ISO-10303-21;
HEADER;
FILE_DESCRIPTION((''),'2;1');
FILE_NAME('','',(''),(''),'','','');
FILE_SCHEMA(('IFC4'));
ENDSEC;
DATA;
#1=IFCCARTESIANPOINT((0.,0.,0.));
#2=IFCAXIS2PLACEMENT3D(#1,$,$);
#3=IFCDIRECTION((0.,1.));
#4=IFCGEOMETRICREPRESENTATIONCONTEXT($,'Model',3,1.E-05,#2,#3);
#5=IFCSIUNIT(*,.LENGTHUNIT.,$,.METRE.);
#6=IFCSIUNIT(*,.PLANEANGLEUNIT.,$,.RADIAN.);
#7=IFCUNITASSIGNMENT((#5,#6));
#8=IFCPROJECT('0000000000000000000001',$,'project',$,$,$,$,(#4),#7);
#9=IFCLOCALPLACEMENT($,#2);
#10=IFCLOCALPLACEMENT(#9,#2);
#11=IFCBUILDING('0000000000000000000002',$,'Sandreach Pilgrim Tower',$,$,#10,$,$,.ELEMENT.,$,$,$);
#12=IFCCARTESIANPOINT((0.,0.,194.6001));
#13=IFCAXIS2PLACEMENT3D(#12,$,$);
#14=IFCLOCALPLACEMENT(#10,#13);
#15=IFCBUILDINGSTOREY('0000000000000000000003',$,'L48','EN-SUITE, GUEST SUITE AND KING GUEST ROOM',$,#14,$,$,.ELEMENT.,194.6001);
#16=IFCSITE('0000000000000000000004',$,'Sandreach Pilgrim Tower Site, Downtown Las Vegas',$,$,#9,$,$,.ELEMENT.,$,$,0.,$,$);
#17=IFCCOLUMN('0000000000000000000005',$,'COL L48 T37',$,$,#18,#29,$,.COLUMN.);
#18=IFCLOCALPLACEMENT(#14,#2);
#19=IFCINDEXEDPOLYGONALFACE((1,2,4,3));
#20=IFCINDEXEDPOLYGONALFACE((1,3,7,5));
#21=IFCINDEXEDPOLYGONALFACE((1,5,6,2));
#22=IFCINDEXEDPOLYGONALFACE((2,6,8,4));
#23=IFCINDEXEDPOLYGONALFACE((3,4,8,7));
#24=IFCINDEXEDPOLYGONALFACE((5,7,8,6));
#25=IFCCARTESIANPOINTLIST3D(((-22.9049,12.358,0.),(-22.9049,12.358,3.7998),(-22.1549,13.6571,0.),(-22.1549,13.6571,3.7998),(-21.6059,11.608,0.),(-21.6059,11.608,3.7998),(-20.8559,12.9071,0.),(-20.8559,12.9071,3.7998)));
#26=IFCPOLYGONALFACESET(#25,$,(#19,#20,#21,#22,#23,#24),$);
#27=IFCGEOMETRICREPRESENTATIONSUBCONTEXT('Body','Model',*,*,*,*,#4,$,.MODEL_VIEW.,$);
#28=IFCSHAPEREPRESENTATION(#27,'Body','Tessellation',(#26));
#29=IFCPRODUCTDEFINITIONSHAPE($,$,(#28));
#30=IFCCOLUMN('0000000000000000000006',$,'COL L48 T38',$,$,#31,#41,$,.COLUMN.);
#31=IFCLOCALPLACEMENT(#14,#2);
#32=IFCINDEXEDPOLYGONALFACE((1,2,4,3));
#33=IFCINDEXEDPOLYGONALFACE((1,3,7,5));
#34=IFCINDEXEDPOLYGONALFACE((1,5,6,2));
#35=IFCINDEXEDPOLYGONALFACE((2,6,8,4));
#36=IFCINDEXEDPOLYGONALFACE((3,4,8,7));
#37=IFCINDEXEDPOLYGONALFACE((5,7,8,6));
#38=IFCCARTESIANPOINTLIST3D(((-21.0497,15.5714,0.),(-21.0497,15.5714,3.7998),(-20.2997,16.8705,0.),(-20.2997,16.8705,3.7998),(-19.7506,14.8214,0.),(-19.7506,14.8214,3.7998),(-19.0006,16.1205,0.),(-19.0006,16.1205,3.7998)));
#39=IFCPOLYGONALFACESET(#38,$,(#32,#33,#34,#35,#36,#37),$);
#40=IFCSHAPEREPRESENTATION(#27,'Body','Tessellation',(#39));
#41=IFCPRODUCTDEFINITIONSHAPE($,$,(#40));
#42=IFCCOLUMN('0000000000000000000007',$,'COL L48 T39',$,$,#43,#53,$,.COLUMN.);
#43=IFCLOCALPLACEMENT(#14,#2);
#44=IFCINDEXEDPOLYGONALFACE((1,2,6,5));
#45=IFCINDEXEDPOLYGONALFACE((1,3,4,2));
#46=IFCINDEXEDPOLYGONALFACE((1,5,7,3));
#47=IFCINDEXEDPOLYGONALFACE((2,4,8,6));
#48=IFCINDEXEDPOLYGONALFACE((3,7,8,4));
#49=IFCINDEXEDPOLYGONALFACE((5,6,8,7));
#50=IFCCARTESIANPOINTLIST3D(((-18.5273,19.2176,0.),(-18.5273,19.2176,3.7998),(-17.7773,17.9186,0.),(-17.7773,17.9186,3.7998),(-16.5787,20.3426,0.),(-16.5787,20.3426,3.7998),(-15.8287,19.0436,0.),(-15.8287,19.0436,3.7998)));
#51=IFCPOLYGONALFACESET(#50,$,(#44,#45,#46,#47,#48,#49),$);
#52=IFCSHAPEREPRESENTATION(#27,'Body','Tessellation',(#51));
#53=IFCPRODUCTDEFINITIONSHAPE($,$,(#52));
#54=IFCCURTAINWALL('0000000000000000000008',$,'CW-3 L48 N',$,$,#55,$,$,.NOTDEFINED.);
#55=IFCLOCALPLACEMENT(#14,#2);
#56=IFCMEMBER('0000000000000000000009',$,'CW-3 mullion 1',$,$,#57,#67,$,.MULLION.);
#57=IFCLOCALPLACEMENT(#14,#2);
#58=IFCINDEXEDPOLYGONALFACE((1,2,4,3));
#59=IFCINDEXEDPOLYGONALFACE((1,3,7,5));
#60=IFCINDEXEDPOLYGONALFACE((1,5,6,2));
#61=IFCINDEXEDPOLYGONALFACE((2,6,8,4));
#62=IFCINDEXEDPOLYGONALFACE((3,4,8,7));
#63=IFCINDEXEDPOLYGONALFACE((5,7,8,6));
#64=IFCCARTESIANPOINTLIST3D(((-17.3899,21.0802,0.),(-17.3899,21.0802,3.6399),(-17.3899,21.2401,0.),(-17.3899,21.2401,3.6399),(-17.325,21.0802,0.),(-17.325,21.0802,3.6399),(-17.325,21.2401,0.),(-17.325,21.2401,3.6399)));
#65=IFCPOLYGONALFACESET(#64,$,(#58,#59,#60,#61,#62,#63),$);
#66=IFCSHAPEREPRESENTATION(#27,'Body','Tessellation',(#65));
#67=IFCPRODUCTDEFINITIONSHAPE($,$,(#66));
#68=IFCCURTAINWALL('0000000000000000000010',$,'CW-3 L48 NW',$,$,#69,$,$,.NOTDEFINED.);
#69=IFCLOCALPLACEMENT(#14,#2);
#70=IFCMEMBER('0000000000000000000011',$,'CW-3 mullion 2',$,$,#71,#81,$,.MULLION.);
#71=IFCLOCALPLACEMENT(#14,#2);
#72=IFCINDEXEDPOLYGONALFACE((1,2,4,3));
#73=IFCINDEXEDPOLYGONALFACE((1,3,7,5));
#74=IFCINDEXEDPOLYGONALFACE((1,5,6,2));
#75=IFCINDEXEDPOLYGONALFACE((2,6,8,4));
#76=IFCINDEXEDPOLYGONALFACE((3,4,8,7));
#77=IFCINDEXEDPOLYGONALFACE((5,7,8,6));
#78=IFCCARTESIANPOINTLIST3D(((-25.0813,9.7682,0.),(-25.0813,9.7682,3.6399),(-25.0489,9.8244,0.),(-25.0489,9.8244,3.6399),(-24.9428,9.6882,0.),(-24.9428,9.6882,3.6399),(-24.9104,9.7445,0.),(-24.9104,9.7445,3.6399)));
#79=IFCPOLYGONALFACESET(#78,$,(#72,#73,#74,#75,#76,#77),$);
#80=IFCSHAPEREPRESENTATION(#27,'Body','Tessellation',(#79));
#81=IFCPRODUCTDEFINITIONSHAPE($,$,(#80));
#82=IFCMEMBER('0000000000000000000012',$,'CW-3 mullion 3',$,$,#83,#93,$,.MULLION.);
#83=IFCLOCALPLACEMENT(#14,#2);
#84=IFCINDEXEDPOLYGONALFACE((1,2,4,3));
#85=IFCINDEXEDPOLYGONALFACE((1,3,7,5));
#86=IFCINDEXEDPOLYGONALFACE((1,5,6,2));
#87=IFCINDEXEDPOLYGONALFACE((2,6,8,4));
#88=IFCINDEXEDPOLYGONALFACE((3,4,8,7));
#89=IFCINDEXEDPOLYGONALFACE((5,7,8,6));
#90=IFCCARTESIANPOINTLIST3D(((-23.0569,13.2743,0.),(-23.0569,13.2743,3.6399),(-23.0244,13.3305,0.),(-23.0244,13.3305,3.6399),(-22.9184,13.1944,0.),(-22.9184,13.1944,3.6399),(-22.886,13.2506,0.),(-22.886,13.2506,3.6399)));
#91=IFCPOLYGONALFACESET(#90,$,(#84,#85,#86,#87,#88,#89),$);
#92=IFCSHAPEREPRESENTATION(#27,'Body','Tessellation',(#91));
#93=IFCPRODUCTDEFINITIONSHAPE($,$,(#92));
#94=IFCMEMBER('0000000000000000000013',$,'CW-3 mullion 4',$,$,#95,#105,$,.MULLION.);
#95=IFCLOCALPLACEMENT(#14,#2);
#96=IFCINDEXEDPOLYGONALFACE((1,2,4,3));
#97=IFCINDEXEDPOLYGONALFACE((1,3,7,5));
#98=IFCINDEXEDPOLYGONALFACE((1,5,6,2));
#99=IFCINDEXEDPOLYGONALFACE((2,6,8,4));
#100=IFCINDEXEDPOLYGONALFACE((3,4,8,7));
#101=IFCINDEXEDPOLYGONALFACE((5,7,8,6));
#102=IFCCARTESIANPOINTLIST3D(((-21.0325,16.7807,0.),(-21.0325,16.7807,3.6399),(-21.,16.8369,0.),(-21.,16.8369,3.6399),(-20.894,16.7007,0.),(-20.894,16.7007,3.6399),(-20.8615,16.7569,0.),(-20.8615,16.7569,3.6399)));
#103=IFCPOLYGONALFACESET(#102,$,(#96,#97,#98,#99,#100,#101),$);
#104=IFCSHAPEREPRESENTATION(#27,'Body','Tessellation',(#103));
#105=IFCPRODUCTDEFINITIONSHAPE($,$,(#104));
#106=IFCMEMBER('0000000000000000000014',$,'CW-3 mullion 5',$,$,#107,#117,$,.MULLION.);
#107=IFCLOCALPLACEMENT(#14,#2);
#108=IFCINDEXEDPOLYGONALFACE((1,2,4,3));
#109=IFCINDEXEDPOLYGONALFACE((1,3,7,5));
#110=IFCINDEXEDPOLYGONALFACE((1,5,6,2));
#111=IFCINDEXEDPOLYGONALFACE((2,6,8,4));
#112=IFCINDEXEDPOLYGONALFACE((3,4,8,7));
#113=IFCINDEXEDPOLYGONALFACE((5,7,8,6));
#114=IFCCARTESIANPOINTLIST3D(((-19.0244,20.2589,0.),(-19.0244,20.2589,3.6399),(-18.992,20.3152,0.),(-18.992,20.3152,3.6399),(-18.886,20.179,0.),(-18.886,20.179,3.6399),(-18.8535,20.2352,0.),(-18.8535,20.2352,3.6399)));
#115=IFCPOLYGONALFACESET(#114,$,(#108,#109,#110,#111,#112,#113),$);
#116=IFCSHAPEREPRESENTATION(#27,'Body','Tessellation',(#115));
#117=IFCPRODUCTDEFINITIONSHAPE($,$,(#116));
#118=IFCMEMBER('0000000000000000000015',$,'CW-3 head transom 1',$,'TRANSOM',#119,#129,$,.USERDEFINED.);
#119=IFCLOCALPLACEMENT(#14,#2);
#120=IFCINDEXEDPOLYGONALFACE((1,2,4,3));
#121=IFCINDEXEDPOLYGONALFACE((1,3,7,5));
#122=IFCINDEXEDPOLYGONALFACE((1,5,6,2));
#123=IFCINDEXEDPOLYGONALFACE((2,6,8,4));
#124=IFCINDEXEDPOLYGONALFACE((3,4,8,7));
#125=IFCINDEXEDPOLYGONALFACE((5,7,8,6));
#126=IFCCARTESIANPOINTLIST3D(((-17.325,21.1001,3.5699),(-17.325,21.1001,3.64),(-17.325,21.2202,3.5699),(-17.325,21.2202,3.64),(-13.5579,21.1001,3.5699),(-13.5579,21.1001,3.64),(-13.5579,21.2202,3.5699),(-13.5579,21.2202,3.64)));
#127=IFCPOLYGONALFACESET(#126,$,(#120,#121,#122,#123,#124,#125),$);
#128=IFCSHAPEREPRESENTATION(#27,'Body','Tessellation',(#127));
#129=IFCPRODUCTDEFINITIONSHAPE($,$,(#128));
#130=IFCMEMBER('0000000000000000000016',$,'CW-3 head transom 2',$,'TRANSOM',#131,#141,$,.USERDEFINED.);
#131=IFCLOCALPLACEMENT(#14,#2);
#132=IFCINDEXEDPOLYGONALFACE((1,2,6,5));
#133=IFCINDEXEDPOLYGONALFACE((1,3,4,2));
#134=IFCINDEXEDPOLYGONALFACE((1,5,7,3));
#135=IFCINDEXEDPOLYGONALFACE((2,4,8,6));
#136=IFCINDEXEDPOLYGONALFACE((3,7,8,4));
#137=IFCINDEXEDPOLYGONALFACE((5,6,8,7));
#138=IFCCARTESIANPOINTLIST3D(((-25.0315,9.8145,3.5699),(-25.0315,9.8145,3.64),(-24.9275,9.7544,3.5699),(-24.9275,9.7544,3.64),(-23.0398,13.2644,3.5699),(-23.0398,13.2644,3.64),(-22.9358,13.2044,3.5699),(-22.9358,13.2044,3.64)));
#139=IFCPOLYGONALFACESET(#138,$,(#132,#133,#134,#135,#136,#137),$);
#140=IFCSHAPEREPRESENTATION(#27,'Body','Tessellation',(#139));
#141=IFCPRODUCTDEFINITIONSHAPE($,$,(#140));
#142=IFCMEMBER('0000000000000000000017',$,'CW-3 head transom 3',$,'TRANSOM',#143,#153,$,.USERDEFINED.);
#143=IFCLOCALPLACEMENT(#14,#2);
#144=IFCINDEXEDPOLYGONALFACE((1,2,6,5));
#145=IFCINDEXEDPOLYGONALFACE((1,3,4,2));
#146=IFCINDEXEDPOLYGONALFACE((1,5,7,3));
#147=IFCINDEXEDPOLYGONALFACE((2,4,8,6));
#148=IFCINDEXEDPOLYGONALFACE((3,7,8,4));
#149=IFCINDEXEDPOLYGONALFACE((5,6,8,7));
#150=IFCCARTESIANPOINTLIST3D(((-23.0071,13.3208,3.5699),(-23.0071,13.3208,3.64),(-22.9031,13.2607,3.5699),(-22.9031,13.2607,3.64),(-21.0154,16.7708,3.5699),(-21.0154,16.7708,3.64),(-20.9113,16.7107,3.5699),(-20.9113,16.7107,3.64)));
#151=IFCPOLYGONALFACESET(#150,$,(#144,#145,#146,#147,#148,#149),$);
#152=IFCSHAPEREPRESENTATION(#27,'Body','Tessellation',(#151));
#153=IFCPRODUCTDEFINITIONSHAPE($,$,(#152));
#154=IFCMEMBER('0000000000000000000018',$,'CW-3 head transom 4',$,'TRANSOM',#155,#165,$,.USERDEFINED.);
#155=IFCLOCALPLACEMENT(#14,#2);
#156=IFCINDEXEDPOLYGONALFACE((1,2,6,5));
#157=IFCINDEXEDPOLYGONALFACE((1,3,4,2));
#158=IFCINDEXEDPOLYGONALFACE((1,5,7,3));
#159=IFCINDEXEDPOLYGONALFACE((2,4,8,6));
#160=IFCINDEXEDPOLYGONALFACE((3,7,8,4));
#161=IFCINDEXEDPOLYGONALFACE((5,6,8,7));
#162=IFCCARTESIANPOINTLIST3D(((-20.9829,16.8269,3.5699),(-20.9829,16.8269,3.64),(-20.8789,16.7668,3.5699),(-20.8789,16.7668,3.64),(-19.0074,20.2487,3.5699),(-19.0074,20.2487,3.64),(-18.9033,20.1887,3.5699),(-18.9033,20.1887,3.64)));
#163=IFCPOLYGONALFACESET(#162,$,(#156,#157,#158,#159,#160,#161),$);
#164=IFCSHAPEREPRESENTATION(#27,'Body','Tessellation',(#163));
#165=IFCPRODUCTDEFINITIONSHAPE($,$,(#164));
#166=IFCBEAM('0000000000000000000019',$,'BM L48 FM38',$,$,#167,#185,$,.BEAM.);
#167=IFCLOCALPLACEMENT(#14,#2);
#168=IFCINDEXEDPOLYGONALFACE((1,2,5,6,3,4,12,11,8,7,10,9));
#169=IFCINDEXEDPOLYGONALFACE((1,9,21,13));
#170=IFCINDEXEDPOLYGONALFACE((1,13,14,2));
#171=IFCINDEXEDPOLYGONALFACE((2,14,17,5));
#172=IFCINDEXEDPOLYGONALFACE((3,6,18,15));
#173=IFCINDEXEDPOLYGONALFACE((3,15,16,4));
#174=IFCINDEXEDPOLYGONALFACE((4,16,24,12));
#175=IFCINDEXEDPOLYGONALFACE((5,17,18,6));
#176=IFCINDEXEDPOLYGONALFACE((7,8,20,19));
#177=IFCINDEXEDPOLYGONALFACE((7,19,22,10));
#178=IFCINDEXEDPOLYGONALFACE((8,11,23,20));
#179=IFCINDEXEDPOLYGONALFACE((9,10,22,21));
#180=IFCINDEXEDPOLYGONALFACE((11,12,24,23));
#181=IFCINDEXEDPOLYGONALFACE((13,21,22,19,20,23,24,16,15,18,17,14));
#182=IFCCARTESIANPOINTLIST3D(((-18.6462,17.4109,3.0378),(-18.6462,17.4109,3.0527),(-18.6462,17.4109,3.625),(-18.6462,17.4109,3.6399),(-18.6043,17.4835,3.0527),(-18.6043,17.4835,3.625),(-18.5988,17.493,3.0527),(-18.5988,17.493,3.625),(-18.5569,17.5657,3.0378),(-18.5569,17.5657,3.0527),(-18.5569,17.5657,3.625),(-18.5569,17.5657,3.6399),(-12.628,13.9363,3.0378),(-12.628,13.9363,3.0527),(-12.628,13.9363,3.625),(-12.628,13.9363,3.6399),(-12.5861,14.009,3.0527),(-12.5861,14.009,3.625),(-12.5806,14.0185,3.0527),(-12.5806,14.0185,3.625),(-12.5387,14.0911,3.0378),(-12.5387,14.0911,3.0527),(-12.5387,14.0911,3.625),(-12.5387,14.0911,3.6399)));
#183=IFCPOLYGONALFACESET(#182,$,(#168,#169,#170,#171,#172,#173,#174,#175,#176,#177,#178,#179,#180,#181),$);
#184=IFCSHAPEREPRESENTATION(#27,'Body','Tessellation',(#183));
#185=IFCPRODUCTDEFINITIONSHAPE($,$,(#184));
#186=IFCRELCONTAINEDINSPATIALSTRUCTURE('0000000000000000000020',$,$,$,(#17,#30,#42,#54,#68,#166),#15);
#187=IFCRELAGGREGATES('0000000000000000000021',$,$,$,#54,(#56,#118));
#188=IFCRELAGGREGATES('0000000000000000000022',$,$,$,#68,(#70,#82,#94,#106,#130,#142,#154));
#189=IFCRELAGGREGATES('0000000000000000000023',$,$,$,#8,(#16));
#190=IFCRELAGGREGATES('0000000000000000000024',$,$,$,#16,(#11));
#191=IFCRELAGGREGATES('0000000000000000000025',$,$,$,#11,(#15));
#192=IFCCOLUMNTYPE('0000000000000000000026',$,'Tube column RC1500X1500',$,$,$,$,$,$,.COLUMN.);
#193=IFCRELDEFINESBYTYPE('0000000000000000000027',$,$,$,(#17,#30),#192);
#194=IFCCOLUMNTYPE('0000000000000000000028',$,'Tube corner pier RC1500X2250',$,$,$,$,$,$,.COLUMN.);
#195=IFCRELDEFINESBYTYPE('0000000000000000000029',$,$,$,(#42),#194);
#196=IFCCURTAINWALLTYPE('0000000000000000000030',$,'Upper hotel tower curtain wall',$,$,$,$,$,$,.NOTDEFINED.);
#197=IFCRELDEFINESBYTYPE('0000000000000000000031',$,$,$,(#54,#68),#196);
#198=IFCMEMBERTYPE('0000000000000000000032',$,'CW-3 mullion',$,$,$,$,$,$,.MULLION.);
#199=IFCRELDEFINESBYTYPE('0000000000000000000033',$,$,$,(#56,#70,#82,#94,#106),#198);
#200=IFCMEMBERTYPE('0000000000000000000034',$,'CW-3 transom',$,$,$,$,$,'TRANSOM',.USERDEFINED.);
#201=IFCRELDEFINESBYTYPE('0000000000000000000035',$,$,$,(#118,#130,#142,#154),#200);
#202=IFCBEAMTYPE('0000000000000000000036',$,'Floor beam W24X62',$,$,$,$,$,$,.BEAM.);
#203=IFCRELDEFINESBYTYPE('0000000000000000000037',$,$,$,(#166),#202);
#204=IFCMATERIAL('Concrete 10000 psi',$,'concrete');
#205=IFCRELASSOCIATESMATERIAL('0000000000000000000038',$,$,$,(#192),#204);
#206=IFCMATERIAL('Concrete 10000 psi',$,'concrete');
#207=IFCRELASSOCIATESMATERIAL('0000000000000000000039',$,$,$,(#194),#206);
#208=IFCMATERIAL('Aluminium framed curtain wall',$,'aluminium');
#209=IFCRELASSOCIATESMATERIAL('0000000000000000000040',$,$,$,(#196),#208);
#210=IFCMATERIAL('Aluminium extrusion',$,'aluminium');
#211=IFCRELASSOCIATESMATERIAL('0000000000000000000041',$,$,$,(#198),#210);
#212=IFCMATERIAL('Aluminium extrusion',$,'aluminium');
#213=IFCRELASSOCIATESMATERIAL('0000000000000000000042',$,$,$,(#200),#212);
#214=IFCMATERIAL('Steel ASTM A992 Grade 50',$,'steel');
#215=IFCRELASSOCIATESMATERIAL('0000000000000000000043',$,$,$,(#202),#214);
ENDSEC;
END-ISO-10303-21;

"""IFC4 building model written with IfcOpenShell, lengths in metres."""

from ifc_helpers import new_model, si_unit, direction, frame, origin, origin_2d, place, context, subcontext, project, spatial, rectangle, i_section, extrude, material, material_profile, profile_set, type_object, element, aggregate, save


model = new_model("IFC4")

# Units and contexts
model_context = context("Model", 3, precision=1e-05, world=origin(), true_north=direction((0.0, 1.0)))
body_context = subcontext(model_context, "Body", "Model", "MODEL_VIEW")
ifc_project = project(units=[si_unit("LENGTHUNIT", "METRE"), si_unit("PLANEANGLEUNIT", "RADIAN")], contexts=[model_context])

# Site, building, storey
site_placement = place(None, origin())
site = spatial("IfcSite", under=ifc_project, at=site_placement, Name="Sandreach Pilgrim Tower Site, Downtown Las Vegas", CompositionType="ELEMENT", RefElevation=0.0)
building_placement = place(site_placement, origin())
building = spatial("IfcBuilding", under=site, at=building_placement, Name="Sandreach Pilgrim Tower", CompositionType="ELEMENT")
storey_placement = place(building_placement, frame((0.0, 0.0, 194.6001)))
storey = spatial("IfcBuildingStorey", under=building, at=storey_placement, Name="L48", Description="EN-SUITE, GUEST SUITE AND KING GUEST ROOM", CompositionType="ELEMENT", Elevation=194.6001)

# Columns
ifc_material_1 = material(Name="Concrete 10000 psi", Category="concrete")
ifc_material_profile_1 = material_profile(ifc_material_1, rectangle(XDim=1.5, YDim=1.5, at=origin_2d()), Name="RC1500X1500")
ifc_profile_set_1 = profile_set([ifc_material_profile_1], Name="Concrete 10000 psi")
column_type_1 = type_object("IfcColumnType", Name="Tube column RC1500X1500", PredefinedType="COLUMN", material=ifc_profile_set_1)
for number, where, z_axis, x_axis, name in (
    (1, (-21.8804, 12.6326, 0.0), (0.0, 0.0, 1.0), (-0.866025, 0.5, 0.0), "COL L48 T37"),
    (2, (-20.0251, 15.8459, 0.0), (0.0, 0.0, 1.0), (-0.866025, 0.5, 0.0), "COL L48 T38"),
):
    element("IfcColumn", number, at=place(storey_placement, frame(where, z_axis=z_axis, x_axis=x_axis)), inside=storey, type_object=column_type_1, Name=name, PredefinedType="COLUMN", context=body_context, shape_type="SweptSolid", body=[
        extrude(rectangle(XDim=1.5, YDim=1.5, at=origin_2d()), origin(), (0.0, 0.0, 1.0), 3.7998),
    ])
ifc_material_2 = material(Name="Concrete 10000 psi", Category="concrete")
ifc_material_profile_2 = material_profile(ifc_material_2, rectangle(XDim=1.5, YDim=2.25, at=origin_2d()), Name="RC1500X2250")
ifc_profile_set_2 = profile_set([ifc_material_profile_2], Name="Concrete 10000 psi")
column_type_2 = type_object("IfcColumnType", Name="Tube corner pier RC1500X2250", PredefinedType="COLUMN", material=ifc_profile_set_2)
column_placement = place(storey_placement, frame((-17.178, 19.1306, 0.0), z_axis=(0.0, 0.0, 1.0), x_axis=(-0.5, 0.866025, 0.0)))
element("IfcColumn", 3, at=column_placement, inside=storey, type_object=column_type_2, Name="COL L48 T39", PredefinedType="COLUMN", context=body_context, shape_type="SweptSolid", body=[
    extrude(rectangle(XDim=1.5, YDim=2.25, at=origin_2d()), origin(), (0.0, 0.0, 1.0), 3.7998),
])

# Curtain wall, member
ifc_material_3 = material(Name="Aluminium framed curtain wall", Category="aluminium")
curtain_wall_type = type_object("IfcCurtainWallType", Name="Upper hotel tower curtain wall", PredefinedType="NOTDEFINED", material=ifc_material_3)
curtain_wall_1_placement = place(storey_placement, origin())
curtain_wall_1 = element("IfcCurtainWall", 4, at=curtain_wall_1_placement, inside=storey, type_object=curtain_wall_type, Name="CW-3 L48 N", PredefinedType="NOTDEFINED")
ifc_material_4 = material(Name="Aluminium extrusion", Category="aluminium")
ifc_material_profile_3 = material_profile(ifc_material_4, rectangle(XDim=0.0649, YDim=0.1599, at=origin_2d()), Name="CW-3M 65X160")
ifc_profile_set_3 = profile_set([ifc_material_profile_3], Name="Aluminium extrusion")
member_type_1 = type_object("IfcMemberType", Name="CW-3 mullion", PredefinedType="MULLION", material=ifc_profile_set_3)
member_1_placement = place(storey_placement, frame((-17.3574, 21.1602, 0.0), z_axis=(0.0, 0.0, 1.0), x_axis=(1.0, 0.0, 0.0)))
member_1 = element("IfcMember", 5, at=member_1_placement, type_object=member_type_1, Name="CW-3 mullion 1", PredefinedType="MULLION", context=body_context, shape_type="SweptSolid", body=[
    extrude(rectangle(XDim=0.0649, YDim=0.1599, at=origin_2d()), origin(), (0.0, 0.0, 1.0), 3.6399),
])

# Curtain wall, members
curtain_wall_2_placement = place(storey_placement, origin())
curtain_wall_2 = element("IfcCurtainWall", 6, at=curtain_wall_2_placement, inside=storey, type_object=curtain_wall_type, Name="CW-3 L48 NW", PredefinedType="NOTDEFINED")
member_2_placement = place(storey_placement, frame((-24.9958, 9.7563, 0.0), z_axis=(0.0, 0.0, 1.0), x_axis=(0.5, 0.866025, 0.0)))
member_2 = element("IfcMember", 7, at=member_2_placement, type_object=member_type_1, Name="CW-3 mullion 2", PredefinedType="MULLION", context=body_context, shape_type="SweptSolid", body=[
    extrude(rectangle(XDim=0.0649, YDim=0.1599, at=origin_2d()), origin(), (0.0, 0.0, 1.0), 3.6399),
])
member_3_placement = place(storey_placement, frame((-22.9714, 13.2625, 0.0), z_axis=(0.0, 0.0, 1.0), x_axis=(0.5, 0.866025, 0.0)))
member_3 = element("IfcMember", 8, at=member_3_placement, type_object=member_type_1, Name="CW-3 mullion 3", PredefinedType="MULLION", context=body_context, shape_type="SweptSolid", body=[
    extrude(rectangle(XDim=0.0649, YDim=0.1599, at=origin_2d()), origin(), (0.0, 0.0, 1.0), 3.6399),
])
member_4_placement = place(storey_placement, frame((-20.947, 16.7688, 0.0), z_axis=(0.0, 0.0, 1.0), x_axis=(0.5, 0.866025, 0.0)))
member_4 = element("IfcMember", 9, at=member_4_placement, type_object=member_type_1, Name="CW-3 mullion 4", PredefinedType="MULLION", context=body_context, shape_type="SweptSolid", body=[
    extrude(rectangle(XDim=0.0649, YDim=0.1599, at=origin_2d()), origin(), (0.0, 0.0, 1.0), 3.6399),
])
member_5_placement = place(storey_placement, frame((-18.939, 20.2471, 0.0), z_axis=(0.0, 0.0, 1.0), x_axis=(0.5, 0.866025, 0.0)))
member_5 = element("IfcMember", 10, at=member_5_placement, type_object=member_type_1, Name="CW-3 mullion 5", PredefinedType="MULLION", context=body_context, shape_type="SweptSolid", body=[
    extrude(rectangle(XDim=0.0649, YDim=0.1599, at=origin_2d()), origin(), (0.0, 0.0, 1.0), 3.6399),
])

# Members
ifc_material_5 = material(Name="Aluminium extrusion", Category="aluminium")
ifc_material_profile_4 = material_profile(ifc_material_5, rectangle(XDim=0.1201, YDim=0.0701, at=origin_2d()), Name="CW-3T 120X70")
ifc_profile_set_4 = profile_set([ifc_material_profile_4], Name="Aluminium extrusion")
member_type_2 = type_object("IfcMemberType", Name="CW-3 transom", ElementType="TRANSOM", PredefinedType="USERDEFINED", material=ifc_profile_set_4)
member_6_placement = place(storey_placement, frame((-17.325, 21.1602, 3.605), z_axis=(1.0, 0.0, 0.0), x_axis=(0.0, 1.0, 0.0)))
member_6 = element("IfcMember", 11, at=member_6_placement, type_object=member_type_2, Name="CW-3 head transom 1", ObjectType="TRANSOM", PredefinedType="USERDEFINED", context=body_context, shape_type="SweptSolid", body=[
    extrude(rectangle(XDim=0.1201, YDim=0.0701, at=origin_2d()), origin(), (0.0, 0.0, 1.0), 3.7671),
])
aggregate(curtain_wall_1, [member_1, member_6])
member_7_placement = place(storey_placement, frame((-24.9795, 9.7844, 3.605), z_axis=(0.499975, 0.86604, 0.0), x_axis=(-0.86604, 0.499975, 0.0)))
member_7 = element("IfcMember", 12, at=member_7_placement, type_object=member_type_2, Name="CW-3 head transom 2", ObjectType="TRANSOM", PredefinedType="USERDEFINED", context=body_context, shape_type="SweptSolid", body=[
    extrude(rectangle(XDim=0.1201, YDim=0.0701, at=origin_2d()), origin(), (0.0, 0.0, 1.0), 3.9836),
])
member_8_placement = place(storey_placement, frame((-22.9551, 13.2908, 3.605), z_axis=(0.499975, 0.86604, 0.0), x_axis=(-0.86604, 0.499975, 0.0)))
member_8 = element("IfcMember", 13, at=member_8_placement, type_object=member_type_2, Name="CW-3 head transom 3", ObjectType="TRANSOM", PredefinedType="USERDEFINED", context=body_context, shape_type="SweptSolid", body=[
    extrude(rectangle(XDim=0.1201, YDim=0.0701, at=origin_2d()), origin(), (0.0, 0.0, 1.0), 3.9836),
])
member_9_placement = place(storey_placement, frame((-20.9309, 16.7969, 3.605), z_axis=(0.499993, 0.866029, 0.0), x_axis=(-0.866029, 0.499993, 0.0)))
member_9 = element("IfcMember", 14, at=member_9_placement, type_object=member_type_2, Name="CW-3 head transom 4", ObjectType="TRANSOM", PredefinedType="USERDEFINED", context=body_context, shape_type="SweptSolid", body=[
    extrude(rectangle(XDim=0.1201, YDim=0.0701, at=origin_2d()), origin(), (0.0, 0.0, 1.0), 3.9512),
])

# Beam
ifc_material_6 = material(Name="Steel ASTM A992 Grade 50", Category="steel")
ifc_material_profile_5 = material_profile(ifc_material_6, i_section(OverallWidth=0.1787, OverallDepth=0.6021, WebThickness=0.011, FlangeThickness=0.0149, at=origin_2d()), Name="W24X62")
ifc_profile_set_5 = profile_set([ifc_material_profile_5], Name="Steel ASTM A992 Grade 50")
beam_type_1 = type_object("IfcBeamType", Name="Floor beam W24X62", PredefinedType="BEAM", material=ifc_profile_set_5)
beam_1_placement = place(storey_placement, frame((-18.6016, 17.4883, 3.3389), z_axis=(0.866029, -0.499993, 0.0), x_axis=(0.499993, 0.866029, 0.0)))
element("IfcBeam", 15, at=beam_1_placement, inside=storey, type_object=beam_type_1, Name="BM L48 FM38", PredefinedType="BEAM", context=body_context, shape_type="SweptSolid", body=[
    extrude(i_section(OverallWidth=0.1787, OverallDepth=0.6021, WebThickness=0.011, FlangeThickness=0.0149, at=origin_2d()), origin(), (0.0, 0.0, 1.0), 6.9492),
])

aggregate(curtain_wall_2, [member_2, member_3, member_4, member_5, member_7, member_8, member_9])

save(model, "model.ifc")
